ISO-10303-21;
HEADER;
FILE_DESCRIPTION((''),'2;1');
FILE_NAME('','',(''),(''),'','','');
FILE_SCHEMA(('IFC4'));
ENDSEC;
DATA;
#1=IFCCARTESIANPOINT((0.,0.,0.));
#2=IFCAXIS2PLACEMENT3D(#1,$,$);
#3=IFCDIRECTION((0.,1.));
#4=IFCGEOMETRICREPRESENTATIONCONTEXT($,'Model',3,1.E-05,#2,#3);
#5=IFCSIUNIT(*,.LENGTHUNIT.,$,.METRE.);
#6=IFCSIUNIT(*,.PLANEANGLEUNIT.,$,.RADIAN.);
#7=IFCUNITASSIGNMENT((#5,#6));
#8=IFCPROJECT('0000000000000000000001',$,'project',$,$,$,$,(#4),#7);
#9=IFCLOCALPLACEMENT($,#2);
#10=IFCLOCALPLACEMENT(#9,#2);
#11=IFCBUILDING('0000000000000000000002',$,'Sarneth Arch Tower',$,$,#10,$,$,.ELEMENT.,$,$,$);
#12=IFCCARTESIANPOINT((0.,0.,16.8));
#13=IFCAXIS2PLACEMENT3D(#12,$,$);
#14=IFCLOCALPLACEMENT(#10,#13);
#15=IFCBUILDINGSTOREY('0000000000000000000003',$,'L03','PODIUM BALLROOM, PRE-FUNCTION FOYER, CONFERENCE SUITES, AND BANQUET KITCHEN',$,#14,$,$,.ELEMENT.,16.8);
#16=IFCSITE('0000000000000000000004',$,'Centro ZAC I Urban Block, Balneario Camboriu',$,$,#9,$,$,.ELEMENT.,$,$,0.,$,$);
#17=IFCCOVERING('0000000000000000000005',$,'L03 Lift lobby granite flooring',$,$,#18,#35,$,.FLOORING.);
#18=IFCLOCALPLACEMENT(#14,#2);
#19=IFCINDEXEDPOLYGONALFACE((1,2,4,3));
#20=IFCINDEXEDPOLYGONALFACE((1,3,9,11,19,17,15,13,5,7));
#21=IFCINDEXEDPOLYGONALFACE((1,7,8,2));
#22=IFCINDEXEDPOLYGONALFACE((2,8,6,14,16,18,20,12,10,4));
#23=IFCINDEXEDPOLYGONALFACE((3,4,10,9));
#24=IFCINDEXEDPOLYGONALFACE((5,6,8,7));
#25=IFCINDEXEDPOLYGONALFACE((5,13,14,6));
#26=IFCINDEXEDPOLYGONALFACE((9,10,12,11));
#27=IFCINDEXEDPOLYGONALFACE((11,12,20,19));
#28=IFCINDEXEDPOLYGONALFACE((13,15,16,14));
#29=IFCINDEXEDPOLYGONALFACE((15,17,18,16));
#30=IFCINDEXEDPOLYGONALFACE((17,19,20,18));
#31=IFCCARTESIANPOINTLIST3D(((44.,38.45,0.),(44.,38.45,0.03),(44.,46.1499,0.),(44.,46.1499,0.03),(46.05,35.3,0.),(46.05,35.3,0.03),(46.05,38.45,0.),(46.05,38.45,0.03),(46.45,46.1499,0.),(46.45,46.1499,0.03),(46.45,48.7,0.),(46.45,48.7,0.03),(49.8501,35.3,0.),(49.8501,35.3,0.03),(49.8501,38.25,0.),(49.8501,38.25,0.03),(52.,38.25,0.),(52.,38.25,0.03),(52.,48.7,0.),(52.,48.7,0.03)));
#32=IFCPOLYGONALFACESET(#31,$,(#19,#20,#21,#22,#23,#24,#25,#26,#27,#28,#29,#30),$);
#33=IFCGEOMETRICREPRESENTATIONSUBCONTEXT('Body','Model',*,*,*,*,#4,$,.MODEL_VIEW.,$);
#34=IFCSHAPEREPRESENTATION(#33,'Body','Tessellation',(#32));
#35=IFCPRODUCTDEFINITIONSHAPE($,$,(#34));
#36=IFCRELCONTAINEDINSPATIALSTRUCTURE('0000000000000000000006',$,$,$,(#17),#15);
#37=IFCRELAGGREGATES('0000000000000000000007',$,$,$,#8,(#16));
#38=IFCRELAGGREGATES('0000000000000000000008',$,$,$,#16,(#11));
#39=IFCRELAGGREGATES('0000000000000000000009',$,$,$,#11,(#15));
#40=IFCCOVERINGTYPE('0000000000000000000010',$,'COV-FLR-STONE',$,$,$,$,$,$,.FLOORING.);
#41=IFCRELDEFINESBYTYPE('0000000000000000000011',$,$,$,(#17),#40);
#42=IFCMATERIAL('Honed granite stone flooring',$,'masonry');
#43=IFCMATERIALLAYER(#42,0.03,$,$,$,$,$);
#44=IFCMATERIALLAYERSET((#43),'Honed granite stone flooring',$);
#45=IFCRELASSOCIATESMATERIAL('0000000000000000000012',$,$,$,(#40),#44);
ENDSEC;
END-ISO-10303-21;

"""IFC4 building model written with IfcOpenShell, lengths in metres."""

from ifc_helpers import new_model, si_unit, direction, frame, origin, place, context, subcontext, project, spatial, polyline, outline, extrude, material, layer, layer_set, type_object, element, save


model = new_model("IFC4")

# Units and contexts
model_context = context("Model", 3, precision=1e-05, world=origin(), true_north=direction((0.0, 1.0)))
body_context = subcontext(model_context, "Body", "Model", "MODEL_VIEW")
ifc_project = project(units=[si_unit("LENGTHUNIT", "METRE"), si_unit("PLANEANGLEUNIT", "RADIAN")], contexts=[model_context])

# Site, building, storey
site_placement = place(None, origin())
site = spatial("IfcSite", under=ifc_project, at=site_placement, Name="Centro ZAC I Urban Block, Balneario Camboriu", CompositionType="ELEMENT", RefElevation=0.0)
building_placement = place(site_placement, origin())
building = spatial("IfcBuilding", under=site, at=building_placement, Name="Sarneth Arch Tower", CompositionType="ELEMENT")
storey_placement = place(building_placement, frame((0.0, 0.0, 16.8)))
storey = spatial("IfcBuildingStorey", under=building, at=storey_placement, Name="L03", Description="PODIUM BALLROOM, PRE-FUNCTION FOYER, CONFERENCE SUITES, AND BANQUET KITCHEN", CompositionType="ELEMENT", Elevation=16.8)

# Covering
ifc_material_1 = material(Name="Honed granite stone flooring", Category="masonry")
ifc_layer_1 = layer(ifc_material_1, 0.03)
ifc_layer_set_1 = layer_set([ifc_layer_1], Name="Honed granite stone flooring")
covering_type_1 = type_object("IfcCoveringType", Name="COV-FLR-STONE", PredefinedType="FLOORING", material=ifc_layer_set_1)
covering_1_placement = place(storey_placement, origin())
element("IfcCovering", 1, at=covering_1_placement, inside=storey, type_object=covering_type_1, Name="L03 Lift lobby granite flooring", PredefinedType="FLOORING", context=body_context, shape_type="SweptSolid", body=[
    extrude(outline(polyline([(49.8501, 38.25), (49.8501, 35.3), (46.05, 35.3), (46.05, 38.45), (44.0, 38.45), (44.0, 46.1499), (46.45, 46.1499), (46.45, 48.7), (52.0, 48.7), (52.0, 38.25), (49.8501, 38.25)])), origin(), (0.0, 0.0, 1.0), 0.03),
])

save(model, "model.ifc")
